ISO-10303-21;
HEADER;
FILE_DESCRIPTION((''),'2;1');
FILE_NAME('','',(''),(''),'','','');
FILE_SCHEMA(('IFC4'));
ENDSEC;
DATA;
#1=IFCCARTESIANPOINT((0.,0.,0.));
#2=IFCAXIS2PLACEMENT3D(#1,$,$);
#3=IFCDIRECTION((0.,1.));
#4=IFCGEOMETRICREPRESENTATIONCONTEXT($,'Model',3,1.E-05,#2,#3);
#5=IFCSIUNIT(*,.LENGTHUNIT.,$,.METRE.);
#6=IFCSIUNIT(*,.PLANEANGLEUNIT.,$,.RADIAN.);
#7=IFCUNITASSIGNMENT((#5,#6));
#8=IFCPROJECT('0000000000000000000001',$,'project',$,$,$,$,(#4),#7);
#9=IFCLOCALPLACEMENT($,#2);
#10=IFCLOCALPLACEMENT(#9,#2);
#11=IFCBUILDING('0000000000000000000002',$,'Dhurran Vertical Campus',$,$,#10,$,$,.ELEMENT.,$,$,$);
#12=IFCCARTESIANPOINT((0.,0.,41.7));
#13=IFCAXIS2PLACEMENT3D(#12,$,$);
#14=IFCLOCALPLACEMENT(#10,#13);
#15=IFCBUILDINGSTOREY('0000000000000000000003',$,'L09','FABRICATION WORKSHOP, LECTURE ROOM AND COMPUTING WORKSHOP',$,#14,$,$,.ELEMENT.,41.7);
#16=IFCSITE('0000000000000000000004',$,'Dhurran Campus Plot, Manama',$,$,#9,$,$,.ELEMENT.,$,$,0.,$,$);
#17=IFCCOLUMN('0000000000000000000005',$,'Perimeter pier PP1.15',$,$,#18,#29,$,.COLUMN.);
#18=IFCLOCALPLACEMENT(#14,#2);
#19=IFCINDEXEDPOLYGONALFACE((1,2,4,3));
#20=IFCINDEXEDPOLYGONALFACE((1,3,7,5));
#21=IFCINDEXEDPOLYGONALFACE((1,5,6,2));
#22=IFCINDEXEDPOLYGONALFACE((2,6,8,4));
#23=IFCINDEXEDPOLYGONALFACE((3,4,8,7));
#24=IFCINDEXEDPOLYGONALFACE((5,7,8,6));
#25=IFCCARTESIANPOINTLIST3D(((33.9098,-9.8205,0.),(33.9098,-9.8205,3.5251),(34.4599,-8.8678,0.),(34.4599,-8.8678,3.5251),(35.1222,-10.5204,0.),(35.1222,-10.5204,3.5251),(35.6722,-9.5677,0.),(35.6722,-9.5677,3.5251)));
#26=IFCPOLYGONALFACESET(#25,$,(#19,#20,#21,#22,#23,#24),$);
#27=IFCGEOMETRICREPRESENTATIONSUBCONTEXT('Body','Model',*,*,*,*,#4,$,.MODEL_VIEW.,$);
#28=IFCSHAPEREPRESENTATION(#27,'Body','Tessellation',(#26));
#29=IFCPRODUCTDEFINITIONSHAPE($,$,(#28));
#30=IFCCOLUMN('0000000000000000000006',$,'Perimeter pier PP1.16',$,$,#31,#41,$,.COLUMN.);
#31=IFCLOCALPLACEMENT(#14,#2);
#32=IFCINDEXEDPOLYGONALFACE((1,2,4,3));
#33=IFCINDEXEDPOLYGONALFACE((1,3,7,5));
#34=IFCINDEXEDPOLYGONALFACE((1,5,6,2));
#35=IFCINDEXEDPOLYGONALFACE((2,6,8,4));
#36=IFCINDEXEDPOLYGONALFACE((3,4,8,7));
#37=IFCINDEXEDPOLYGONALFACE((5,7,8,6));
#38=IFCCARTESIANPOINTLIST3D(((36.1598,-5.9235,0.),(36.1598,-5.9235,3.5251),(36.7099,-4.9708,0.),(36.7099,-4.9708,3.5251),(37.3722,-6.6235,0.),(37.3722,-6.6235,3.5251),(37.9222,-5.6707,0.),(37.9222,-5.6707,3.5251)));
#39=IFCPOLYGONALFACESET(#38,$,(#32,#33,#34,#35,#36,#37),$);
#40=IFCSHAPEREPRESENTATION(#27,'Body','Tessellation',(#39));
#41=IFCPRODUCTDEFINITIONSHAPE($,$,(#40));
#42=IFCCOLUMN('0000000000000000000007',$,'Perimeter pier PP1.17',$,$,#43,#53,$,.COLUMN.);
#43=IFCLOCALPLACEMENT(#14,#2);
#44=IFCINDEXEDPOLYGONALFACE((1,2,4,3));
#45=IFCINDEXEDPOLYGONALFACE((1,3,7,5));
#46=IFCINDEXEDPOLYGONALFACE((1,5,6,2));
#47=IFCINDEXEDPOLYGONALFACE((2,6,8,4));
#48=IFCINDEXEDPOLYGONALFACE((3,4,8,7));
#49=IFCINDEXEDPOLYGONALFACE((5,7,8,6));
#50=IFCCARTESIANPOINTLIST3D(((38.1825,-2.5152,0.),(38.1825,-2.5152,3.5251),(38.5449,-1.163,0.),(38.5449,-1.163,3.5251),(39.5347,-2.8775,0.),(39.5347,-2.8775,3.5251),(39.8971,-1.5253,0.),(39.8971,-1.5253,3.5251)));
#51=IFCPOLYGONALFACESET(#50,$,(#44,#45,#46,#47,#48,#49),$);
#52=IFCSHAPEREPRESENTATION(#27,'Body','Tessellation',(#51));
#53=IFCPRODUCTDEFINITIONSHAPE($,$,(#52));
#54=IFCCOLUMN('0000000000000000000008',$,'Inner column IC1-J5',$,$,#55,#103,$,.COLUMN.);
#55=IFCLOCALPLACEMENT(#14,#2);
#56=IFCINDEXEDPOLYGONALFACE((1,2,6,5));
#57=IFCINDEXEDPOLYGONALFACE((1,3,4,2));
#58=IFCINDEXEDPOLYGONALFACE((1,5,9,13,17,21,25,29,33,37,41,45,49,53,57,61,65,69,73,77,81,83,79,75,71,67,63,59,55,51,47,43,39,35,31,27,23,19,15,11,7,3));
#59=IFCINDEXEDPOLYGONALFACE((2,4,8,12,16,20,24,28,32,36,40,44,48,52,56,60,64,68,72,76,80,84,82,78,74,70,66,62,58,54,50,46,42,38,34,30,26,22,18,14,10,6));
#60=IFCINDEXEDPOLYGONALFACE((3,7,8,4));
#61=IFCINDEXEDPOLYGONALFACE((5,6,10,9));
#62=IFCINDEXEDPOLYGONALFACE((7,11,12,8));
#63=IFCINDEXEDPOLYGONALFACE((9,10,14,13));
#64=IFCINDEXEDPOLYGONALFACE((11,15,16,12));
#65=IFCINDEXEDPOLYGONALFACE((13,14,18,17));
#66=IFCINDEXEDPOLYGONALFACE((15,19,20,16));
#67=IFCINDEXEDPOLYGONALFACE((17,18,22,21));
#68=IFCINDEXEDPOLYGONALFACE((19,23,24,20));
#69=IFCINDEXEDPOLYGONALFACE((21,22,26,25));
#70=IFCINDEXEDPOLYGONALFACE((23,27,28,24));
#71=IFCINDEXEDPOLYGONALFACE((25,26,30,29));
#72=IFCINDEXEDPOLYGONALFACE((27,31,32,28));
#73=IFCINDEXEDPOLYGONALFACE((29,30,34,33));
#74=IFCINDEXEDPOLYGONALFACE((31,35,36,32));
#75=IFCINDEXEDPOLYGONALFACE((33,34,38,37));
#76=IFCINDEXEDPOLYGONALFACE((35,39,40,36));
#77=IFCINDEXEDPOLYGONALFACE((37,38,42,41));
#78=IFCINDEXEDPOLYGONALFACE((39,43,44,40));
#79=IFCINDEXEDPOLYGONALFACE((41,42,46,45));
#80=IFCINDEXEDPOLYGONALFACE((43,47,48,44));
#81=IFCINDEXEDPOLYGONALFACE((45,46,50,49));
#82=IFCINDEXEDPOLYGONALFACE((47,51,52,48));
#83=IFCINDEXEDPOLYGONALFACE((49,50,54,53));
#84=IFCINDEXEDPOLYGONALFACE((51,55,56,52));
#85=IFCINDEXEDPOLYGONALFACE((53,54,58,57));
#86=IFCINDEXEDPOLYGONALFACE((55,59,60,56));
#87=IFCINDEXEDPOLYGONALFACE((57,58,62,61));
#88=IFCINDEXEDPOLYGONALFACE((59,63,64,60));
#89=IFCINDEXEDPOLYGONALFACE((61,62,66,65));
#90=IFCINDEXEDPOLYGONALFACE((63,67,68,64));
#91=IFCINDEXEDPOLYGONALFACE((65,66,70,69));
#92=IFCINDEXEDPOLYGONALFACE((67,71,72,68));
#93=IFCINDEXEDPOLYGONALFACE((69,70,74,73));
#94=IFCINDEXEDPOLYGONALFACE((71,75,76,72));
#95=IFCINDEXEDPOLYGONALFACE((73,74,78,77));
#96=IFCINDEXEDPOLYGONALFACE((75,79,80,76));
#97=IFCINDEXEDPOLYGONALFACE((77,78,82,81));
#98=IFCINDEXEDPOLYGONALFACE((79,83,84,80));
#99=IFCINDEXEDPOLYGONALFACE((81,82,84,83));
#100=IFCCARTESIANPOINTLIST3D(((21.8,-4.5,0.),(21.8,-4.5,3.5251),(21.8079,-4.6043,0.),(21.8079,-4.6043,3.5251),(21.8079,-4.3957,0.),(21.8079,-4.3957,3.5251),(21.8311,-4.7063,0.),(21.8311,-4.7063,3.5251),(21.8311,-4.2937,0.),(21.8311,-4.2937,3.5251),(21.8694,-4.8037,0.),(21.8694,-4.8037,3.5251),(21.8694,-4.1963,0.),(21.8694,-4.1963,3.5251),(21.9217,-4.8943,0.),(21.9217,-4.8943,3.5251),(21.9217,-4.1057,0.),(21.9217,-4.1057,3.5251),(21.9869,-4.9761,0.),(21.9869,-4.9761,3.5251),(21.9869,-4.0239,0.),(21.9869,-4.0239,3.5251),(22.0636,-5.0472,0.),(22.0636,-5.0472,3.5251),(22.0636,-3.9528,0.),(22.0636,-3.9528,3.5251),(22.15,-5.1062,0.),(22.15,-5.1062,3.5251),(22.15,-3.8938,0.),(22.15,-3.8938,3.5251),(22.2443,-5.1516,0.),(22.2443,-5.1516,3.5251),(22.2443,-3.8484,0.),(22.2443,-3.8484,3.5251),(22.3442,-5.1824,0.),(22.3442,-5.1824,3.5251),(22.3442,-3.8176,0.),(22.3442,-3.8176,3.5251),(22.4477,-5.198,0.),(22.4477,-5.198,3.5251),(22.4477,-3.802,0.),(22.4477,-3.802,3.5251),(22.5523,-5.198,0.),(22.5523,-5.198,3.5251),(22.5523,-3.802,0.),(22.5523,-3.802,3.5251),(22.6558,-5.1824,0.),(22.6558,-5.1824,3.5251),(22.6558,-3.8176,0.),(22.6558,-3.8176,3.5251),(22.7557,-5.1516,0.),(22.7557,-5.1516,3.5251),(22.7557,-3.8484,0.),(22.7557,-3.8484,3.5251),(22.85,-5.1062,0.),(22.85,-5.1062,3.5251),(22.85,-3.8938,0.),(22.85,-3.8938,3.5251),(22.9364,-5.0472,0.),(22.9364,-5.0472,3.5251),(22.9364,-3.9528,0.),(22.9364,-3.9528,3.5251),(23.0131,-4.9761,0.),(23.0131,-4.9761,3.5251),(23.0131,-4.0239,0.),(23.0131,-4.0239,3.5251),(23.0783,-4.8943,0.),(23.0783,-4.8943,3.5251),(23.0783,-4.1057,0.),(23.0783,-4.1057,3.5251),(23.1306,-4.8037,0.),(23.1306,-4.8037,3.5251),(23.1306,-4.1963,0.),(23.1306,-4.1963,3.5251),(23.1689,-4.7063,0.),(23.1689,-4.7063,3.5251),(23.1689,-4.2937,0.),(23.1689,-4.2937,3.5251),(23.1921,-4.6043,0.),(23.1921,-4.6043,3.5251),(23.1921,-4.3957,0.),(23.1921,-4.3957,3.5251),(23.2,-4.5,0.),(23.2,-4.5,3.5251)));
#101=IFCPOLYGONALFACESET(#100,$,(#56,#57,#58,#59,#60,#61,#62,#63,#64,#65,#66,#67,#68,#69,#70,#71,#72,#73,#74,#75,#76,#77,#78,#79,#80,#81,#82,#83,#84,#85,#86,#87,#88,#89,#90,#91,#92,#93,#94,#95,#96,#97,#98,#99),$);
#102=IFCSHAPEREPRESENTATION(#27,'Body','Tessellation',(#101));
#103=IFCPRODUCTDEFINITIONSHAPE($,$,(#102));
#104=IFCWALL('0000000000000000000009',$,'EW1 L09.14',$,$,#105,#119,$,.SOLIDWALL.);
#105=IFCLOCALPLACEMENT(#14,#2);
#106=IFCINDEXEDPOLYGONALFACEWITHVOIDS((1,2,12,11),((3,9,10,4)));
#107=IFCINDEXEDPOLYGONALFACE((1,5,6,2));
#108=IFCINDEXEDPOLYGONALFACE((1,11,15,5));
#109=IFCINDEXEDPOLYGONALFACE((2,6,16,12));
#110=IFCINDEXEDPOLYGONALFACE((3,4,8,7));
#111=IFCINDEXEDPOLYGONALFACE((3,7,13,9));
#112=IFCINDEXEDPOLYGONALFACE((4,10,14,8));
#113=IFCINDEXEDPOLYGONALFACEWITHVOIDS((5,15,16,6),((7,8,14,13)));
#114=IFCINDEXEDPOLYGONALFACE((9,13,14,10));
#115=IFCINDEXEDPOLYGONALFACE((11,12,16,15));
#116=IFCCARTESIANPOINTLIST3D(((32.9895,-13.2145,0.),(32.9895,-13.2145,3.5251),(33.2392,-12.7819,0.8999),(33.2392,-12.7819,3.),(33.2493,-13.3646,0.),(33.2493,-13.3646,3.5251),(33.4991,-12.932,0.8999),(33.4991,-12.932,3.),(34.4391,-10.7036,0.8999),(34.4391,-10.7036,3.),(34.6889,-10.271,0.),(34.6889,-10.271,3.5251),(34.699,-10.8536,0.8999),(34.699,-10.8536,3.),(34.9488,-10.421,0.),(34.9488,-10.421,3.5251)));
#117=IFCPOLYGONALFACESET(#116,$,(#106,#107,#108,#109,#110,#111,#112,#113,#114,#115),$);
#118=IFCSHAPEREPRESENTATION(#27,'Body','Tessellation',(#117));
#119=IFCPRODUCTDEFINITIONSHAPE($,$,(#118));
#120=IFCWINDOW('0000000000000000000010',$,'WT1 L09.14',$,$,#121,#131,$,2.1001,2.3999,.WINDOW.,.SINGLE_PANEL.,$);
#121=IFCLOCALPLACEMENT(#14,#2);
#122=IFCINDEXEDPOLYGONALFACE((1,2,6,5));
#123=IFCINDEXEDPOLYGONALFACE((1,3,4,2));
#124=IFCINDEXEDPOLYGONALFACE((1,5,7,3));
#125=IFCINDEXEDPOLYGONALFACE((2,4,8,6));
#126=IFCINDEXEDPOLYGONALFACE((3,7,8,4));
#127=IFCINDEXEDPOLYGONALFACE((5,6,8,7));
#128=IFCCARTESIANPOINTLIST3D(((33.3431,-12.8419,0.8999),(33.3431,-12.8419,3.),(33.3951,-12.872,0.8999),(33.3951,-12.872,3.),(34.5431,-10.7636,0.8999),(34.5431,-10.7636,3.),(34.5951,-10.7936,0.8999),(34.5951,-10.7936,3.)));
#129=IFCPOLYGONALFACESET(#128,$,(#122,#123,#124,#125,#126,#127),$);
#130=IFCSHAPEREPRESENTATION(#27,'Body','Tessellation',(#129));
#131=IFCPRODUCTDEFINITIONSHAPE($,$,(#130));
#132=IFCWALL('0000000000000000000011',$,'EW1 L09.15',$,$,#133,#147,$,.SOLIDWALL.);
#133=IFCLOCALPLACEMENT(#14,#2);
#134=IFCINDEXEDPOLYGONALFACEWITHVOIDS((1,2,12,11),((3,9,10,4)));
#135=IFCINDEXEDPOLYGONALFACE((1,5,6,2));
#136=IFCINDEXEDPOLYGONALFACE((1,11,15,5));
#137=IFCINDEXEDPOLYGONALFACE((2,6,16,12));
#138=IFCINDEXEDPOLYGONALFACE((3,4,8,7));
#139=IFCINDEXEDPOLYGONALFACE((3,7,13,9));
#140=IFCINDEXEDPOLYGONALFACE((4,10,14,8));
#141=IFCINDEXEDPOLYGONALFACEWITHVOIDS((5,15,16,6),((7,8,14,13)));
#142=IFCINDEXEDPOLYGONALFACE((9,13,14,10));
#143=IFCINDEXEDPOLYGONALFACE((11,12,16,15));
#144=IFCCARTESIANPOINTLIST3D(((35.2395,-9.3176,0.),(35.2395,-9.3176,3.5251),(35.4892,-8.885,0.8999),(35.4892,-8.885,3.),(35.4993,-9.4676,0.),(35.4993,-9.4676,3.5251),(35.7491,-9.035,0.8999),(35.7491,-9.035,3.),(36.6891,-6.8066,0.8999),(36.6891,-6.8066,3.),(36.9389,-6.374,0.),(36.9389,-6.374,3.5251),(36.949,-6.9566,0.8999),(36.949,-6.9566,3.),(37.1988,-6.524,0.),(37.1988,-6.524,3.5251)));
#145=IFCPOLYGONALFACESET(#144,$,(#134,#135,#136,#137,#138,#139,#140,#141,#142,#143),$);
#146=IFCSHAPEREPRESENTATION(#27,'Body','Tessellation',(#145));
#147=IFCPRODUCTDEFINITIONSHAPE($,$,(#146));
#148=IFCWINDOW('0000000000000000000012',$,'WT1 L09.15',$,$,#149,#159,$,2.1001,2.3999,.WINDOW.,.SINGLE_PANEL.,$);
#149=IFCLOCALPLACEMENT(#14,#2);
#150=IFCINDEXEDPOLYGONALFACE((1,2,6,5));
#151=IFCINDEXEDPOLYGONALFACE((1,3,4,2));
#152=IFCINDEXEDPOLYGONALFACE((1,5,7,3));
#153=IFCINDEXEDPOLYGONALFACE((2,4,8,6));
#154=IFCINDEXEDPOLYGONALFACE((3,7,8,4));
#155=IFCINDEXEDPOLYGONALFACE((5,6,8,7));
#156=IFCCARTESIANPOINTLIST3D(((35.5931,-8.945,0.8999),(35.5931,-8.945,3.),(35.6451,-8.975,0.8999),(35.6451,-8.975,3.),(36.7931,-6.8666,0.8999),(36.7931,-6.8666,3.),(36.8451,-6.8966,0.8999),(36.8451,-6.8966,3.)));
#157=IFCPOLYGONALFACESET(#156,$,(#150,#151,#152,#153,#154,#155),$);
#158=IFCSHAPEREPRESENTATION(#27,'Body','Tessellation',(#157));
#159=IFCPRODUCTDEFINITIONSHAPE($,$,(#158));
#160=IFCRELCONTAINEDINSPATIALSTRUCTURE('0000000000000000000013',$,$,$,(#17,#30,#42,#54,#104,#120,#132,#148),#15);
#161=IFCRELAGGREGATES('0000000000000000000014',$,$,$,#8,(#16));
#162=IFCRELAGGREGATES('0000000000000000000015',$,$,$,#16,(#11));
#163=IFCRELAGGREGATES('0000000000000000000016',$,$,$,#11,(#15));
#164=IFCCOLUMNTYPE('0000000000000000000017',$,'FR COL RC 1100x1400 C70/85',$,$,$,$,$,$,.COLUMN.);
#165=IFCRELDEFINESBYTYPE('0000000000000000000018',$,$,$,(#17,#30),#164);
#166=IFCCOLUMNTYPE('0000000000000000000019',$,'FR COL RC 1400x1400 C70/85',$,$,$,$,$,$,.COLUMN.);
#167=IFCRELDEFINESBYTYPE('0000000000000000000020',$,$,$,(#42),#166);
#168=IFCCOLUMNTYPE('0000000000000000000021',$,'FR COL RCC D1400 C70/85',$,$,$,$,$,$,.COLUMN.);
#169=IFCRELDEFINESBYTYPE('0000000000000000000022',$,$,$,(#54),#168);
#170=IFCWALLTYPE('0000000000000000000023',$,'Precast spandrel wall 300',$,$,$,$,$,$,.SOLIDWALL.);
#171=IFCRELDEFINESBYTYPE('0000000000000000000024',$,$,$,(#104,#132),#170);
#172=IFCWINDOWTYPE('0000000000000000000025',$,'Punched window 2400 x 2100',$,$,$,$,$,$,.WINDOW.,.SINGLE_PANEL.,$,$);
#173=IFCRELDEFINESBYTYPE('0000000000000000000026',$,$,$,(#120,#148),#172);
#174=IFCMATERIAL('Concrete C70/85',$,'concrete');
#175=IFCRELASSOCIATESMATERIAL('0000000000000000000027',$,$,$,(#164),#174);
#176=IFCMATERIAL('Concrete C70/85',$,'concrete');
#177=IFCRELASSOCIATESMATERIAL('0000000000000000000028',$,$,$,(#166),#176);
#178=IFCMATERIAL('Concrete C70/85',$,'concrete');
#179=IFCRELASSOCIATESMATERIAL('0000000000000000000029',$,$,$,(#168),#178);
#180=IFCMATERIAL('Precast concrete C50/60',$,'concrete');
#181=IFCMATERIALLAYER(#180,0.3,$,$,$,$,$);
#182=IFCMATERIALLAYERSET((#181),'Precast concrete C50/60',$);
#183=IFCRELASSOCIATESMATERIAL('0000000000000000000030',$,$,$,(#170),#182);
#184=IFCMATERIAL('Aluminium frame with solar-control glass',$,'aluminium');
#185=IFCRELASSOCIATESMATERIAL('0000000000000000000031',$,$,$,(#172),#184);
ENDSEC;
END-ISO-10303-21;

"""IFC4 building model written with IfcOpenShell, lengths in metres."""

from ifc_helpers import new_model, si_unit, direction, frame, frame_2d, origin, origin_2d, place, context, subcontext, project, spatial, rectangle, circle, extrude, material, layer, layer_set, material_profile, profile_set, type_object, element, fill, save


model = new_model("IFC4")

# Units and contexts
model_context = context("Model", 3, precision=1e-05, world=origin(), true_north=direction((0.0, 1.0)))
body_context = subcontext(model_context, "Body", "Model", "MODEL_VIEW")
ifc_project = project(units=[si_unit("LENGTHUNIT", "METRE"), si_unit("PLANEANGLEUNIT", "RADIAN")], contexts=[model_context])

# Site, building, storey
site_placement = place(None, origin())
site = spatial("IfcSite", under=ifc_project, at=site_placement, Name="Dhurran Campus Plot, Manama", CompositionType="ELEMENT", RefElevation=0.0)
building_placement = place(site_placement, origin())
building = spatial("IfcBuilding", under=site, at=building_placement, Name="Dhurran Vertical Campus", CompositionType="ELEMENT")
storey_placement = place(building_placement, frame((0.0, 0.0, 41.7)))
storey = spatial("IfcBuildingStorey", under=building, at=storey_placement, Name="L09", Description="FABRICATION WORKSHOP, LECTURE ROOM AND COMPUTING WORKSHOP", CompositionType="ELEMENT", Elevation=41.7)

# Columns
ifc_material_1 = material(Name="Concrete C70/85", Category="concrete")
ifc_material_profile_1 = material_profile(ifc_material_1, rectangle(XDim=1.1001, YDim=1.3999, at=origin_2d()), Name="RC 1100x1400")
ifc_profile_set_1 = profile_set([ifc_material_profile_1], Name="Concrete C70/85")
column_type_1 = type_object("IfcColumnType", Name="FR COL RC 1100x1400 C70/85", PredefinedType="COLUMN", material=ifc_profile_set_1)
for number, where, z_axis, x_axis, name in (
    (1, (34.791, -9.6941, 0.0), (0.0, 0.0, 1.0), (0.5, 0.866025, 0.0), "Perimeter pier PP1.15"),
    (2, (37.041, -5.7971, 0.0), (0.0, 0.0, 1.0), (0.5, 0.866025, 0.0), "Perimeter pier PP1.16"),
):
    element("IfcColumn", number, at=place(storey_placement, frame(where, z_axis=z_axis, x_axis=x_axis)), inside=storey, type_object=column_type_1, Name=name, PredefinedType="COLUMN", context=body_context, shape_type="SweptSolid", body=[
        extrude(rectangle(XDim=1.1001, YDim=1.3999, at=origin_2d()), origin(), (0.0, 0.0, 1.0), 3.5251),
    ])
ifc_material_2 = material(Name="Concrete C70/85", Category="concrete")
ifc_material_profile_2 = material_profile(ifc_material_2, rectangle(XDim=1.3999, YDim=1.3999, at=origin_2d()), Name="RC 1400x1400")
ifc_profile_set_2 = profile_set([ifc_material_profile_2], Name="Concrete C70/85")
column_type_2 = type_object("IfcColumnType", Name="FR COL RC 1400x1400 C70/85", PredefinedType="COLUMN", material=ifc_profile_set_2)
column_1_placement = place(storey_placement, frame((39.0398, -2.0203, 0.0), z_axis=(0.0, 0.0, 1.0), x_axis=(0.258819, 0.965926, 0.0)))
element("IfcColumn", 3, at=column_1_placement, inside=storey, type_object=column_type_2, Name="Perimeter pier PP1.17", PredefinedType="COLUMN", context=body_context, shape_type="SweptSolid", body=[
    extrude(rectangle(XDim=1.3999, YDim=1.3999, at=origin_2d()), origin(), (0.0, 0.0, 1.0), 3.5251),
])
ifc_material_3 = material(Name="Concrete C70/85", Category="concrete")
ifc_material_profile_3 = material_profile(ifc_material_3, circle(Radius=0.7, at=origin_2d()), Name="RCC D1400")
ifc_profile_set_3 = profile_set([ifc_material_profile_3], Name="Concrete C70/85")
column_type_3 = type_object("IfcColumnType", Name="FR COL RCC D1400 C70/85", PredefinedType="COLUMN", material=ifc_profile_set_3)
column_2_placement = place(storey_placement, frame((22.5, -4.5, 0.0), z_axis=(0.0, 0.0, 1.0), x_axis=(1.0, 0.0, 0.0)))
element("IfcColumn", 4, at=column_2_placement, inside=storey, type_object=column_type_3, Name="Inner column IC1-J5", PredefinedType="COLUMN", context=body_context, shape_type="SweptSolid", body=[
    extrude(circle(Radius=0.7, at=origin_2d()), origin(), (0.0, 0.0, 1.0), 3.5251),
])

# Walls, openings, windows
ifc_material_4 = material(Name="Precast concrete C50/60", Category="concrete")
ifc_layer_1 = layer(ifc_material_4, 0.3)
ifc_layer_set_1 = layer_set([ifc_layer_1], Name="Precast concrete C50/60")
wall_type_1 = type_object("IfcWallType", Name="Precast spandrel wall 300", PredefinedType="SOLIDWALL", material=ifc_layer_set_1)
wall_1_placement = place(storey_placement, frame((33.1194, -13.2896, 0.0), z_axis=(0.0, 0.0, 1.0), x_axis=(0.499994, 0.866029, 0.0)))
wall_1 = element("IfcWall", 5, at=wall_1_placement, inside=storey, type_object=wall_type_1, Name="EW1 L09.14", PredefinedType="SOLIDWALL", context=body_context, shape_type="SweptSolid", body=[
    extrude(rectangle(XDim=3.3989, YDim=0.3, at=frame_2d((1.6995, 0.0))), origin(), (0.0, 0.0, 1.0), 3.5251),
])
opening_1_placement = place(wall_1_placement, frame((0.4995, 0.0, 0.8999)))
opening_1 = element("IfcOpeningElement", 6, at=opening_1_placement, cuts=wall_1, PredefinedType="OPENING", context=body_context, shape_type="SweptSolid", body=[
    extrude(rectangle(XDim=2.3999, YDim=2.1001, at=frame_2d((1.2, 1.05))), frame((0.0, 0.1599, 0.0), z_axis=(0.0, -1.0, 0.0), x_axis=(1.0, 0.0, 0.0)), (0.0, 0.0, 1.0), 0.3201),
])
ifc_material_5 = material(Name="Aluminium frame with solar-control glass", Category="aluminium")
window_type = type_object("IfcWindowType", Name="Punched window 2400 x 2100", PartitioningType="SINGLE_PANEL", PredefinedType="WINDOW", material=ifc_material_5)
window_1_placement = place(opening_1_placement, origin())
window_1 = element("IfcWindow", 7, at=window_1_placement, inside=storey, type_object=window_type, Name="WT1 L09.14", OverallHeight=2.1001, OverallWidth=2.3999, PartitioningType="SINGLE_PANEL", PredefinedType="WINDOW", context=body_context, shape_type="SweptSolid", body=[
    extrude(rectangle(XDim=2.3999, YDim=2.1001, at=frame_2d((1.2, 1.05))), frame((0.0, 0.03, 0.0), z_axis=(0.0, -1.0, 0.0), x_axis=(1.0, 0.0, 0.0)), (0.0, 0.0, 1.0), 0.0601),
])
fill(opening_1, window_1)
wall_2_placement = place(storey_placement, frame((35.3694, -9.3926, 0.0), z_axis=(0.0, 0.0, 1.0), x_axis=(0.499994, 0.866029, 0.0)))
wall_2 = element("IfcWall", 8, at=wall_2_placement, inside=storey, type_object=wall_type_1, Name="EW1 L09.15", PredefinedType="SOLIDWALL", context=body_context, shape_type="SweptSolid", body=[
    extrude(rectangle(XDim=3.3989, YDim=0.3, at=frame_2d((1.6995, 0.0))), origin(), (0.0, 0.0, 1.0), 3.5251),
])
opening_2_placement = place(wall_2_placement, frame((0.4995, 0.0, 0.8999)))
opening_2 = element("IfcOpeningElement", 9, at=opening_2_placement, cuts=wall_2, PredefinedType="OPENING", context=body_context, shape_type="SweptSolid", body=[
    extrude(rectangle(XDim=2.3999, YDim=2.1001, at=frame_2d((1.2, 1.05))), frame((0.0, 0.1599, 0.0), z_axis=(0.0, -1.0, 0.0), x_axis=(1.0, 0.0, 0.0)), (0.0, 0.0, 1.0), 0.3201),
])
window_2_placement = place(opening_2_placement, origin())
window_2 = element("IfcWindow", 10, at=window_2_placement, inside=storey, type_object=window_type, Name="WT1 L09.15", OverallHeight=2.1001, OverallWidth=2.3999, PartitioningType="SINGLE_PANEL", PredefinedType="WINDOW", context=body_context, shape_type="SweptSolid", body=[
    extrude(rectangle(XDim=2.3999, YDim=2.1001, at=frame_2d((1.2, 1.05))), frame((0.0, 0.03, 0.0), z_axis=(0.0, -1.0, 0.0), x_axis=(1.0, 0.0, 0.0)), (0.0, 0.0, 1.0), 0.0601),
])
fill(opening_2, window_2)

save(model, "model.ifc")
